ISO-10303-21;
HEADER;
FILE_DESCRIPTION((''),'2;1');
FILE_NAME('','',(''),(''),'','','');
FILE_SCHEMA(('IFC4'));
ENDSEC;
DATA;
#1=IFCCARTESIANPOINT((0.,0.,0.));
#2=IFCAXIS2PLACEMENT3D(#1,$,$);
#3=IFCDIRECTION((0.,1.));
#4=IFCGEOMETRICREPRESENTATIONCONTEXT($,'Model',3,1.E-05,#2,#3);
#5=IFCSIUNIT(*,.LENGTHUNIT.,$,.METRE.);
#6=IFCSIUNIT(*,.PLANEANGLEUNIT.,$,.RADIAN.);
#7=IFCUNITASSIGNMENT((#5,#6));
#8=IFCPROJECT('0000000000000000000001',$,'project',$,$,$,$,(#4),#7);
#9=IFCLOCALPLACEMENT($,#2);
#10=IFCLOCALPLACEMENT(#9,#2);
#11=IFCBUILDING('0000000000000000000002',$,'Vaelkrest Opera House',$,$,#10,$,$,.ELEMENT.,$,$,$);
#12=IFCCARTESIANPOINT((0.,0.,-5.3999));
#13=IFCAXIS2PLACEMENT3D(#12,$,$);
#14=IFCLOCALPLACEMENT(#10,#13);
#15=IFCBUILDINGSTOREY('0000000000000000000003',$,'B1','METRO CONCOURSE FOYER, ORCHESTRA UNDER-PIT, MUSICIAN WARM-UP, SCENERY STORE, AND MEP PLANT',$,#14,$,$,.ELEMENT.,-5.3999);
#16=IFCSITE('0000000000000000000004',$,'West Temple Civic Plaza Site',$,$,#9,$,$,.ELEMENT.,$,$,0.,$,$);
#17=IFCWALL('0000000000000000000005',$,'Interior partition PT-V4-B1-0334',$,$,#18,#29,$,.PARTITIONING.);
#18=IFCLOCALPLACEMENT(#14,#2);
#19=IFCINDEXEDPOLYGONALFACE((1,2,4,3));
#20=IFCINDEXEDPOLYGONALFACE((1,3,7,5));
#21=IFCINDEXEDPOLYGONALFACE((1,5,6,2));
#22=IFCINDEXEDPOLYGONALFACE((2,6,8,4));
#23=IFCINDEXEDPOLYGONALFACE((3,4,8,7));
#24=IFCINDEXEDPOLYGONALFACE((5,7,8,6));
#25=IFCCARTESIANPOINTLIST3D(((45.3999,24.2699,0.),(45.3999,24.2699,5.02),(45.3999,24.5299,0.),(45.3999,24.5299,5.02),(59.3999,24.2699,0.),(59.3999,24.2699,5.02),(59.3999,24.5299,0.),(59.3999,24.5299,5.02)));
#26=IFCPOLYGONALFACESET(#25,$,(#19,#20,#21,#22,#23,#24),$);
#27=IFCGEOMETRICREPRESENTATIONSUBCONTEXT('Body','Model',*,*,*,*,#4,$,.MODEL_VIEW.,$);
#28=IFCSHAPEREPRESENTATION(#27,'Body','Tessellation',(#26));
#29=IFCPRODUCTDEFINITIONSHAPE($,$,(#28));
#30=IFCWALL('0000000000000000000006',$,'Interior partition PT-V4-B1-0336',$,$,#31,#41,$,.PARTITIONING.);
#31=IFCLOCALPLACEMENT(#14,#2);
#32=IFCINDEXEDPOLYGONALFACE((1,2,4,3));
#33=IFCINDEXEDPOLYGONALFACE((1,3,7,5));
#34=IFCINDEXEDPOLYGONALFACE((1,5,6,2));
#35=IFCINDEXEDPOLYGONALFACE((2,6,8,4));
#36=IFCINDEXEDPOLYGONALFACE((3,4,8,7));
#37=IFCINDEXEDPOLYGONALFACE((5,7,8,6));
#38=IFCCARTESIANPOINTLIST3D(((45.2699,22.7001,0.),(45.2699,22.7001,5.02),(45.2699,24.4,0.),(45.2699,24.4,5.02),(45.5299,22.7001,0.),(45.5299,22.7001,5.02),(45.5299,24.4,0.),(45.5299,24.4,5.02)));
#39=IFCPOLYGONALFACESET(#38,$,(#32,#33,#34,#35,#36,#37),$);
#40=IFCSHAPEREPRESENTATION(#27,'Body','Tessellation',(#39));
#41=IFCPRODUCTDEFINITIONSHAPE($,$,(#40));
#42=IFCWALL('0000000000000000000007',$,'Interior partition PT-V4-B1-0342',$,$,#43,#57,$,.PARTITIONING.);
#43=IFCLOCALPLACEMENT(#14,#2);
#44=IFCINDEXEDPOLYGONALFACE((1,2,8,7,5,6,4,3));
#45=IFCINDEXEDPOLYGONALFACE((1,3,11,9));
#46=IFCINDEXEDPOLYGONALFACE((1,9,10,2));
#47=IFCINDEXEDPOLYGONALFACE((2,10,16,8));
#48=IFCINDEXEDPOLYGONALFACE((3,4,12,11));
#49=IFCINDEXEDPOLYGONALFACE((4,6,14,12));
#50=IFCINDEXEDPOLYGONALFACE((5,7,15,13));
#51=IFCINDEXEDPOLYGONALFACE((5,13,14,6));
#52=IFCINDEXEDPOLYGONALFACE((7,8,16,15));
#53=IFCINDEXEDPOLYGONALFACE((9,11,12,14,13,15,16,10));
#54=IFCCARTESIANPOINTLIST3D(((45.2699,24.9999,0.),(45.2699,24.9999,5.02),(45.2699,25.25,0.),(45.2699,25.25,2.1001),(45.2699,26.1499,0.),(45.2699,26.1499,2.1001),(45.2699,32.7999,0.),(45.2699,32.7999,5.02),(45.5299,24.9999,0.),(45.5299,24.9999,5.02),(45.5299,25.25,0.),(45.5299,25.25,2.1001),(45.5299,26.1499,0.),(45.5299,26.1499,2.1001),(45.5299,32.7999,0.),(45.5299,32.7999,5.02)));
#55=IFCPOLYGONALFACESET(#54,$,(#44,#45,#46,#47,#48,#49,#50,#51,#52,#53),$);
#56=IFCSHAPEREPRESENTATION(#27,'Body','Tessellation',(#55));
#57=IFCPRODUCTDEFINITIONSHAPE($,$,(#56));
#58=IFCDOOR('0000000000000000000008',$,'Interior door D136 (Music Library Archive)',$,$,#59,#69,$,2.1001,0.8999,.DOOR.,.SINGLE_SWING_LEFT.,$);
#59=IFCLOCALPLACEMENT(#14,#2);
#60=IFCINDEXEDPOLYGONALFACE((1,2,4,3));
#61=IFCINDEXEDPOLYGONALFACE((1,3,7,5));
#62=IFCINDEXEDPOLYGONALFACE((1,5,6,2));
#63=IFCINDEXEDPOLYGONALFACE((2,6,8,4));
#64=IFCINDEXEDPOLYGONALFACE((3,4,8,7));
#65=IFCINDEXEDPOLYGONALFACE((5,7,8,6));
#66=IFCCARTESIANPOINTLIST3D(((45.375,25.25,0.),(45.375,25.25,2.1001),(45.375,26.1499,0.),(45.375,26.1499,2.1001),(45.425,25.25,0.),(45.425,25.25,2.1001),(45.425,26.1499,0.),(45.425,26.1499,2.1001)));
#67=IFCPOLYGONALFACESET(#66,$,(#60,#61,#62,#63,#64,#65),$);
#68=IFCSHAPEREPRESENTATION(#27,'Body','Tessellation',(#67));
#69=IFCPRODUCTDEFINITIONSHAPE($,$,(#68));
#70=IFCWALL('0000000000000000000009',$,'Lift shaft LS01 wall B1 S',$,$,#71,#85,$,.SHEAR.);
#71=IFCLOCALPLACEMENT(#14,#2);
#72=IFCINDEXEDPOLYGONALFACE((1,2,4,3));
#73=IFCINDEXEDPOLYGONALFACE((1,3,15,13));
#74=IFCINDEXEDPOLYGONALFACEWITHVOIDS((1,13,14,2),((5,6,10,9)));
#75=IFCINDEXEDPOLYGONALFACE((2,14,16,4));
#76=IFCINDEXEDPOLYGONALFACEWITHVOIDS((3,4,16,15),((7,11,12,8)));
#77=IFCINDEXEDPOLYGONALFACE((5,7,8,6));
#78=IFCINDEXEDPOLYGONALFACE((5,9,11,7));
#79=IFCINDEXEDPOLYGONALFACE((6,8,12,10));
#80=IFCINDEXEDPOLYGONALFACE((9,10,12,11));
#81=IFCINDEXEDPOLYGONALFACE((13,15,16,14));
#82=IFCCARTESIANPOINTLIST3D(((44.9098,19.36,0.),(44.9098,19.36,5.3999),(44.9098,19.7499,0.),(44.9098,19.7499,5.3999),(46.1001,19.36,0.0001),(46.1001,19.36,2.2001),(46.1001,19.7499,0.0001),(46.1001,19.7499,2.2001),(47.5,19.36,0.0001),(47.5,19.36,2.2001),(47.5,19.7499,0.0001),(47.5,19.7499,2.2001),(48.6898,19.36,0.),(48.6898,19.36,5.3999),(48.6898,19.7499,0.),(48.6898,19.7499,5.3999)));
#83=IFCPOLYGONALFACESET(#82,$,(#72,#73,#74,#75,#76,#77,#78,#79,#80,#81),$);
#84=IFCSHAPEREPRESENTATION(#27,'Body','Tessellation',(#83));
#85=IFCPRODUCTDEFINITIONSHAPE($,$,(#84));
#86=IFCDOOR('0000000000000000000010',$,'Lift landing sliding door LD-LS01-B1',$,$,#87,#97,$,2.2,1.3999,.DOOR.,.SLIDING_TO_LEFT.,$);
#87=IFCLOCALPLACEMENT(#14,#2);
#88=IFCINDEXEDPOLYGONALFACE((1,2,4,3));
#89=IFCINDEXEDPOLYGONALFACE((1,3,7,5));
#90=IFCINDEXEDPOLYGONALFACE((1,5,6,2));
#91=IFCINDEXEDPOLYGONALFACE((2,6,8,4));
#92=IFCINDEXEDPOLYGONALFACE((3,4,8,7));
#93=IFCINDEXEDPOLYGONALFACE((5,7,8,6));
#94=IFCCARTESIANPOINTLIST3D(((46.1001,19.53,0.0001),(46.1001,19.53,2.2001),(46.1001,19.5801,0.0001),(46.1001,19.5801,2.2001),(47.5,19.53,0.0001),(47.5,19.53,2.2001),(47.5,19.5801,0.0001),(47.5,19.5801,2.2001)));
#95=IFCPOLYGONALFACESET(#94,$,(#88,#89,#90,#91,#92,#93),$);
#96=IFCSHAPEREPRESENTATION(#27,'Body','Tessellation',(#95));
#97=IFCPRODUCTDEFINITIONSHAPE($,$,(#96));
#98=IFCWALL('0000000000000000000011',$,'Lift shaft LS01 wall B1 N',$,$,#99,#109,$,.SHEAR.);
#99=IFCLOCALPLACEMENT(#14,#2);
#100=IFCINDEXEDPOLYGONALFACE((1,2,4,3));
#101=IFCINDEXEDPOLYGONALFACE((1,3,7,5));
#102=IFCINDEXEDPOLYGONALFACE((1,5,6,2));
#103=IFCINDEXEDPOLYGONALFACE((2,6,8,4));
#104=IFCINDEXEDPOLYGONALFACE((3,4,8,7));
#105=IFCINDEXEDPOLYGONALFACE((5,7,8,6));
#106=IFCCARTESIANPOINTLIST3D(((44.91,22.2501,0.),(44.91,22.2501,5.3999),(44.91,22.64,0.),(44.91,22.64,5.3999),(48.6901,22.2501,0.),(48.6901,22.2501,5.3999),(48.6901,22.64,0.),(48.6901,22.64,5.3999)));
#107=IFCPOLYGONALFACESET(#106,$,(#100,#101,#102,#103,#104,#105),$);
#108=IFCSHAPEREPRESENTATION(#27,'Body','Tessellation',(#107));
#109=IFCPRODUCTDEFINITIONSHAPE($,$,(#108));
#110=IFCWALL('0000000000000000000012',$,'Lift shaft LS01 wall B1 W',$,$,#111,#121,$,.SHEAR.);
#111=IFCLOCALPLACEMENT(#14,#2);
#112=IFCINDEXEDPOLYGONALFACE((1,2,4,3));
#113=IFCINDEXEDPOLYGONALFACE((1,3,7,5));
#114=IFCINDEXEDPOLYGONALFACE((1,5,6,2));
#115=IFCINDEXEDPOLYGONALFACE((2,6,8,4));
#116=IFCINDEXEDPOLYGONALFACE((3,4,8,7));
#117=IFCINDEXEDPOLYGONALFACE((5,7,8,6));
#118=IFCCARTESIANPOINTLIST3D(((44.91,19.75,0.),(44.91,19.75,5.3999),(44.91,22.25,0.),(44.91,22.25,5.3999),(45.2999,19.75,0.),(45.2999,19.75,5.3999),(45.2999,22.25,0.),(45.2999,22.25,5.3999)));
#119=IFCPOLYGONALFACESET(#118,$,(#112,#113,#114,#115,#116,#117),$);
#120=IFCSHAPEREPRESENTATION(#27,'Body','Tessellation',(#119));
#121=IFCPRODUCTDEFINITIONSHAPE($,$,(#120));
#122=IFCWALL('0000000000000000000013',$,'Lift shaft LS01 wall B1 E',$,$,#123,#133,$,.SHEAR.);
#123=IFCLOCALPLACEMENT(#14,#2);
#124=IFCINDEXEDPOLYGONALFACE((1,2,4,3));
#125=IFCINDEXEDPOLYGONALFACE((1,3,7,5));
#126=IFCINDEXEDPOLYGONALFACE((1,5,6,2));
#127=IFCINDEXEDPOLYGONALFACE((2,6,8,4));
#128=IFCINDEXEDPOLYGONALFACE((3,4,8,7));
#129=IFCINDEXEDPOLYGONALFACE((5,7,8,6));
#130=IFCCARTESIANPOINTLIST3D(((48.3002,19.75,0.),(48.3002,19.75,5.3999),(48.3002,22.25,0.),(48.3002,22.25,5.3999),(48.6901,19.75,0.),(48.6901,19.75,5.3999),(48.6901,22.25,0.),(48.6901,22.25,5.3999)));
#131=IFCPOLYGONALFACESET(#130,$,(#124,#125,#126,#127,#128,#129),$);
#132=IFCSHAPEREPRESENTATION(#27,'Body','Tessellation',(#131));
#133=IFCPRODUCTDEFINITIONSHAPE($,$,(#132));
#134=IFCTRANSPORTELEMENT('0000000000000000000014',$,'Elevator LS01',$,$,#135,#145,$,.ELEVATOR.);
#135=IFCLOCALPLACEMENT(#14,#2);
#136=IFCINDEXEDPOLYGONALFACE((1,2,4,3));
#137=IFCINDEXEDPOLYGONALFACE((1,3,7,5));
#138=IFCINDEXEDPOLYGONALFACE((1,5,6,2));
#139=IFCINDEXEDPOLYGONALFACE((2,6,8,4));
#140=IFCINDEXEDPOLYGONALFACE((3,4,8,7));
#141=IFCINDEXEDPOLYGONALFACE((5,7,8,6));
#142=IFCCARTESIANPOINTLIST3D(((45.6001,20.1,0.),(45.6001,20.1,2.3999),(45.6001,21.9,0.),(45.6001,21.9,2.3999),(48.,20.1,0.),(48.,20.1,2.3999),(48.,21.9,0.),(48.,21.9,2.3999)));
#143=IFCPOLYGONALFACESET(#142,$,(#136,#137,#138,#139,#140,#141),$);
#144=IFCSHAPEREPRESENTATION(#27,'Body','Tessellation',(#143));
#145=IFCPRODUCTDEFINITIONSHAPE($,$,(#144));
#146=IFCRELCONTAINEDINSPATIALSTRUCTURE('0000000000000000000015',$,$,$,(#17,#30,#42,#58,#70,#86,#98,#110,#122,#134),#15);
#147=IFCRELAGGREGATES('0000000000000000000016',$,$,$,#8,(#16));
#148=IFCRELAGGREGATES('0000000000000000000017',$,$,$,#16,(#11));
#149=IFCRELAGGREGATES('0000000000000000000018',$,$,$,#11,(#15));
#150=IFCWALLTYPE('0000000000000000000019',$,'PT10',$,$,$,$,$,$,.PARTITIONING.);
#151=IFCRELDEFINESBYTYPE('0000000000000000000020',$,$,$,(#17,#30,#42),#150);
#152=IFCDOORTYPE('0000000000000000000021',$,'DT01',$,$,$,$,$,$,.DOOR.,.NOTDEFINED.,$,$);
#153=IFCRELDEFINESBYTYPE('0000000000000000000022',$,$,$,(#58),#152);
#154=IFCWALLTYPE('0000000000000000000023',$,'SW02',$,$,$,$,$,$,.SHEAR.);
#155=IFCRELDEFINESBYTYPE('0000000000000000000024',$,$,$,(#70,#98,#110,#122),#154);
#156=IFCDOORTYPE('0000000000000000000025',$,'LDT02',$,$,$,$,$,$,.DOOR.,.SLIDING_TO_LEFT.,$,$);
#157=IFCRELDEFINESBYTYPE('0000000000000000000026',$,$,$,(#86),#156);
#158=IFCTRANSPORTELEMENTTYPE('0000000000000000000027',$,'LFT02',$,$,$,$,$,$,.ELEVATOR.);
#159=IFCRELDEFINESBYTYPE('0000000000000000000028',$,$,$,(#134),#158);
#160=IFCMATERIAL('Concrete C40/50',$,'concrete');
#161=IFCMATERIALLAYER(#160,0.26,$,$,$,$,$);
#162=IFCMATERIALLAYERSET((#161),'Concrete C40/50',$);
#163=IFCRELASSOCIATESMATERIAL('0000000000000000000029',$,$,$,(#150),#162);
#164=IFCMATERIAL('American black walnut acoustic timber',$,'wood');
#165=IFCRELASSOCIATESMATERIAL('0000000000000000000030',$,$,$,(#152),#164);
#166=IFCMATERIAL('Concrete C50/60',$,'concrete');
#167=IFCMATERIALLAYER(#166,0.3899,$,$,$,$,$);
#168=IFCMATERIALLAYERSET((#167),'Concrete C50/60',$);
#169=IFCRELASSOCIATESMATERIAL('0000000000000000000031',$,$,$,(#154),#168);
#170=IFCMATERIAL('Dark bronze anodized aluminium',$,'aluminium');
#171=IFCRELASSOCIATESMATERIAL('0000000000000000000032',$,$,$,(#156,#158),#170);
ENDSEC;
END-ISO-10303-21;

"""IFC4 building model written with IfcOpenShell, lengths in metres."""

from ifc_helpers import new_model, si_unit, direction, frame, frame_2d, origin, origin_2d, place, context, subcontext, project, spatial, rectangle, extrude, material, layer, layer_set, type_object, element, fill, save


model = new_model("IFC4")

# Units and contexts
model_context = context("Model", 3, precision=1e-05, world=origin(), true_north=direction((0.0, 1.0)))
body_context = subcontext(model_context, "Body", "Model", "MODEL_VIEW")
ifc_project = project(units=[si_unit("LENGTHUNIT", "METRE"), si_unit("PLANEANGLEUNIT", "RADIAN")], contexts=[model_context])

# Site, building, storey
site_placement = place(None, origin())
site = spatial("IfcSite", under=ifc_project, at=site_placement, Name="West Temple Civic Plaza Site", CompositionType="ELEMENT", RefElevation=0.0)
building_placement = place(site_placement, origin())
building = spatial("IfcBuilding", under=site, at=building_placement, Name="Vaelkrest Opera House", CompositionType="ELEMENT")
storey_placement = place(building_placement, frame((0.0, 0.0, -5.3999)))
storey = spatial("IfcBuildingStorey", under=building, at=storey_placement, Name="B1", Description="METRO CONCOURSE FOYER, ORCHESTRA UNDER-PIT, MUSICIAN WARM-UP, SCENERY STORE, AND MEP PLANT", CompositionType="ELEMENT", Elevation=-5.3999)

# Shared definitions
ifc_material_1 = material(Name="Concrete C40/50", Category="concrete")

# Shared definitions
ifc_material_2 = material(Name="Concrete C50/60", Category="concrete")

# Walls
ifc_layer_1 = layer(ifc_material_1, 0.26)
ifc_layer_set_1 = layer_set([ifc_layer_1], Name="Concrete C40/50")
wall_type_1 = type_object("IfcWallType", Name="PT10", PredefinedType="PARTITIONING", material=ifc_layer_set_1)
wall_1_placement = place(storey_placement, frame((45.3999, 24.3999, 0.0), z_axis=(0.0, 0.0, 1.0), x_axis=(1.0, 0.0, 0.0)))
element("IfcWall", 1, at=wall_1_placement, inside=storey, type_object=wall_type_1, Name="Interior partition PT-V4-B1-0334", PredefinedType="PARTITIONING", context=body_context, shape_type="SweptSolid", body=[
    extrude(rectangle(XDim=14.0, YDim=0.26, at=frame_2d((7.0, 0.0))), origin(), (0.0, 0.0, 1.0), 5.02),
])
wall_2_placement = place(storey_placement, frame((45.3999, 22.7, 0.0), z_axis=(0.0, 0.0, 1.0), x_axis=(0.0, 1.0, 0.0)))
element("IfcWall", 2, at=wall_2_placement, inside=storey, type_object=wall_type_1, Name="Interior partition PT-V4-B1-0336", PredefinedType="PARTITIONING", context=body_context, shape_type="SweptSolid", body=[
    extrude(rectangle(XDim=1.7, YDim=0.26, at=frame_2d((0.8501, 0.0))), origin(), (0.0, 0.0, 1.0), 5.02),
])

# Walls, openings, doors
wall_3_placement = place(storey_placement, frame((45.3999, 25.0, 0.0), z_axis=(0.0, 0.0, 1.0), x_axis=(0.0, 1.0, 0.0)))
wall_3 = element("IfcWall", 3, at=wall_3_placement, inside=storey, type_object=wall_type_1, Name="Interior partition PT-V4-B1-0342", PredefinedType="PARTITIONING", context=body_context, shape_type="SweptSolid", body=[
    extrude(rectangle(XDim=7.8, YDim=0.26, at=frame_2d((3.8999, 0.0))), origin(), (0.0, 0.0, 1.0), 5.02),
])
opening_1_placement = place(wall_3_placement, frame((0.25, 0.0, 0.0)))
opening_1 = element("IfcOpeningElement", 4, at=opening_1_placement, cuts=wall_3, PredefinedType="OPENING", context=body_context, shape_type="SweptSolid", body=[
    extrude(rectangle(XDim=0.8999, YDim=2.1001, at=frame_2d((0.45, 1.05))), frame((0.0, 0.1399, 0.0), z_axis=(0.0, -1.0, 0.0), x_axis=(1.0, 0.0, 0.0)), (0.0, 0.0, 1.0), 0.28),
])
ifc_material_3 = material(Name="American black walnut acoustic timber", Category="wood")
door_type_1 = type_object("IfcDoorType", Name="DT01", OperationType="NOTDEFINED", PredefinedType="DOOR", material=ifc_material_3)
door_1_placement = place(opening_1_placement, origin())
door_1 = element("IfcDoor", 5, at=door_1_placement, inside=storey, type_object=door_type_1, Name="Interior door D136 (Music Library Archive)", OperationType="SINGLE_SWING_LEFT", OverallHeight=2.1001, OverallWidth=0.8999, PredefinedType="DOOR", context=body_context, shape_type="SweptSolid", body=[
    extrude(rectangle(XDim=0.8999, YDim=2.1001, at=frame_2d((0.45, 1.05))), frame((0.0, 0.0249, 0.0), z_axis=(0.0, -1.0, 0.0), x_axis=(1.0, 0.0, 0.0)), (0.0, 0.0, 1.0), 0.05),
])
fill(opening_1, door_1)
ifc_layer_2 = layer(ifc_material_2, 0.3899)
ifc_layer_set_2 = layer_set([ifc_layer_2], Name="Concrete C50/60")
wall_type_2 = type_object("IfcWallType", Name="SW02", PredefinedType="SHEAR", material=ifc_layer_set_2)
wall_4_placement = place(storey_placement, frame((48.6899, 19.5549, 0.0), z_axis=(0.0, 0.0, 1.0), x_axis=(-1.0, 0.0, 0.0)))
wall_4 = element("IfcWall", 6, at=wall_4_placement, inside=storey, type_object=wall_type_2, Name="Lift shaft LS01 wall B1 S", PredefinedType="SHEAR", context=body_context, shape_type="SweptSolid", body=[
    extrude(rectangle(XDim=3.78, YDim=0.3899, at=frame_2d((1.8901, 0.0))), origin(), (0.0, 0.0, 1.0), 5.3999),
])
opening_2_placement = place(wall_4_placement, frame((1.1899, 0.0, 0.0)))
opening_2 = element("IfcOpeningElement", 7, at=opening_2_placement, cuts=wall_4, PredefinedType="OPENING", context=body_context, shape_type="SweptSolid", body=[
    extrude(rectangle(XDim=1.3999, YDim=2.2, at=frame_2d((0.7, 1.1001))), frame((0.0, 0.2048, 0.0), z_axis=(0.0, -1.0, 0.0), x_axis=(1.0, 0.0, 0.0)), (0.0, 0.0, 1.0), 0.4099),
])
ifc_material_4 = material(Name="Dark bronze anodized aluminium", Category="aluminium")
door_type_2 = type_object("IfcDoorType", Name="LDT02", OperationType="SLIDING_TO_LEFT", PredefinedType="DOOR", material=ifc_material_4)
door_2_placement = place(opening_2_placement, origin())
door_2 = element("IfcDoor", 8, at=door_2_placement, inside=storey, type_object=door_type_2, Name="Lift landing sliding door LD-LS01-B1", OperationType="SLIDING_TO_LEFT", OverallHeight=2.2, OverallWidth=1.3999, PredefinedType="DOOR", context=body_context, shape_type="SweptSolid", body=[
    extrude(rectangle(XDim=1.3999, YDim=2.2, at=frame_2d((0.7, 1.1001))), frame((0.0, 0.0249, 0.0), z_axis=(0.0, -1.0, 0.0), x_axis=(1.0, 0.0, 0.0)), (0.0, 0.0, 1.0), 0.05),
])
fill(opening_2, door_2)

# Walls
wall_5_placement = place(storey_placement, frame((44.9099, 22.4451, 0.0), z_axis=(0.0, 0.0, 1.0), x_axis=(1.0, 0.0, 0.0)))
element("IfcWall", 9, at=wall_5_placement, inside=storey, type_object=wall_type_2, Name="Lift shaft LS01 wall B1 N", PredefinedType="SHEAR", context=body_context, shape_type="SweptSolid", body=[
    extrude(rectangle(XDim=3.78, YDim=0.3899, at=frame_2d((1.8901, 0.0))), origin(), (0.0, 0.0, 1.0), 5.3999),
])
for number, where, z_axis, x_axis, name in (
    (10, (45.105, 19.75, 0.0), (0.0, 0.0, 1.0), (0.0, 1.0, 0.0), "Lift shaft LS01 wall B1 W"),
    (11, (48.4951, 22.25, 0.0), (0.0, 0.0, 1.0), (0.0, -1.0, 0.0), "Lift shaft LS01 wall B1 E"),
):
    element("IfcWall", number, at=place(storey_placement, frame(where, z_axis=z_axis, x_axis=x_axis)), inside=storey, type_object=wall_type_2, Name=name, PredefinedType="SHEAR", context=body_context, shape_type="SweptSolid", body=[
        extrude(rectangle(XDim=2.5, YDim=0.3899, at=frame_2d((1.25, 0.0))), origin(), (0.0, 0.0, 1.0), 5.3999),
    ])

# Transport element
transport_element_type = type_object("IfcTransportElementType", Name="LFT02", PredefinedType="ELEVATOR", material=ifc_material_4)
transport_element_placement = place(storey_placement, frame((46.8, 21.0, 0.0), z_axis=(0.0, 0.0, 1.0), x_axis=(1.0, 0.0, 0.0)))
element("IfcTransportElement", 12, at=transport_element_placement, inside=storey, type_object=transport_element_type, Name="Elevator LS01", PredefinedType="ELEVATOR", context=body_context, shape_type="SweptSolid", body=[
    extrude(rectangle(XDim=2.3999, YDim=1.8, at=origin_2d()), origin(), (0.0, 0.0, 1.0), 2.3999),
])

save(model, "model.ifc")
